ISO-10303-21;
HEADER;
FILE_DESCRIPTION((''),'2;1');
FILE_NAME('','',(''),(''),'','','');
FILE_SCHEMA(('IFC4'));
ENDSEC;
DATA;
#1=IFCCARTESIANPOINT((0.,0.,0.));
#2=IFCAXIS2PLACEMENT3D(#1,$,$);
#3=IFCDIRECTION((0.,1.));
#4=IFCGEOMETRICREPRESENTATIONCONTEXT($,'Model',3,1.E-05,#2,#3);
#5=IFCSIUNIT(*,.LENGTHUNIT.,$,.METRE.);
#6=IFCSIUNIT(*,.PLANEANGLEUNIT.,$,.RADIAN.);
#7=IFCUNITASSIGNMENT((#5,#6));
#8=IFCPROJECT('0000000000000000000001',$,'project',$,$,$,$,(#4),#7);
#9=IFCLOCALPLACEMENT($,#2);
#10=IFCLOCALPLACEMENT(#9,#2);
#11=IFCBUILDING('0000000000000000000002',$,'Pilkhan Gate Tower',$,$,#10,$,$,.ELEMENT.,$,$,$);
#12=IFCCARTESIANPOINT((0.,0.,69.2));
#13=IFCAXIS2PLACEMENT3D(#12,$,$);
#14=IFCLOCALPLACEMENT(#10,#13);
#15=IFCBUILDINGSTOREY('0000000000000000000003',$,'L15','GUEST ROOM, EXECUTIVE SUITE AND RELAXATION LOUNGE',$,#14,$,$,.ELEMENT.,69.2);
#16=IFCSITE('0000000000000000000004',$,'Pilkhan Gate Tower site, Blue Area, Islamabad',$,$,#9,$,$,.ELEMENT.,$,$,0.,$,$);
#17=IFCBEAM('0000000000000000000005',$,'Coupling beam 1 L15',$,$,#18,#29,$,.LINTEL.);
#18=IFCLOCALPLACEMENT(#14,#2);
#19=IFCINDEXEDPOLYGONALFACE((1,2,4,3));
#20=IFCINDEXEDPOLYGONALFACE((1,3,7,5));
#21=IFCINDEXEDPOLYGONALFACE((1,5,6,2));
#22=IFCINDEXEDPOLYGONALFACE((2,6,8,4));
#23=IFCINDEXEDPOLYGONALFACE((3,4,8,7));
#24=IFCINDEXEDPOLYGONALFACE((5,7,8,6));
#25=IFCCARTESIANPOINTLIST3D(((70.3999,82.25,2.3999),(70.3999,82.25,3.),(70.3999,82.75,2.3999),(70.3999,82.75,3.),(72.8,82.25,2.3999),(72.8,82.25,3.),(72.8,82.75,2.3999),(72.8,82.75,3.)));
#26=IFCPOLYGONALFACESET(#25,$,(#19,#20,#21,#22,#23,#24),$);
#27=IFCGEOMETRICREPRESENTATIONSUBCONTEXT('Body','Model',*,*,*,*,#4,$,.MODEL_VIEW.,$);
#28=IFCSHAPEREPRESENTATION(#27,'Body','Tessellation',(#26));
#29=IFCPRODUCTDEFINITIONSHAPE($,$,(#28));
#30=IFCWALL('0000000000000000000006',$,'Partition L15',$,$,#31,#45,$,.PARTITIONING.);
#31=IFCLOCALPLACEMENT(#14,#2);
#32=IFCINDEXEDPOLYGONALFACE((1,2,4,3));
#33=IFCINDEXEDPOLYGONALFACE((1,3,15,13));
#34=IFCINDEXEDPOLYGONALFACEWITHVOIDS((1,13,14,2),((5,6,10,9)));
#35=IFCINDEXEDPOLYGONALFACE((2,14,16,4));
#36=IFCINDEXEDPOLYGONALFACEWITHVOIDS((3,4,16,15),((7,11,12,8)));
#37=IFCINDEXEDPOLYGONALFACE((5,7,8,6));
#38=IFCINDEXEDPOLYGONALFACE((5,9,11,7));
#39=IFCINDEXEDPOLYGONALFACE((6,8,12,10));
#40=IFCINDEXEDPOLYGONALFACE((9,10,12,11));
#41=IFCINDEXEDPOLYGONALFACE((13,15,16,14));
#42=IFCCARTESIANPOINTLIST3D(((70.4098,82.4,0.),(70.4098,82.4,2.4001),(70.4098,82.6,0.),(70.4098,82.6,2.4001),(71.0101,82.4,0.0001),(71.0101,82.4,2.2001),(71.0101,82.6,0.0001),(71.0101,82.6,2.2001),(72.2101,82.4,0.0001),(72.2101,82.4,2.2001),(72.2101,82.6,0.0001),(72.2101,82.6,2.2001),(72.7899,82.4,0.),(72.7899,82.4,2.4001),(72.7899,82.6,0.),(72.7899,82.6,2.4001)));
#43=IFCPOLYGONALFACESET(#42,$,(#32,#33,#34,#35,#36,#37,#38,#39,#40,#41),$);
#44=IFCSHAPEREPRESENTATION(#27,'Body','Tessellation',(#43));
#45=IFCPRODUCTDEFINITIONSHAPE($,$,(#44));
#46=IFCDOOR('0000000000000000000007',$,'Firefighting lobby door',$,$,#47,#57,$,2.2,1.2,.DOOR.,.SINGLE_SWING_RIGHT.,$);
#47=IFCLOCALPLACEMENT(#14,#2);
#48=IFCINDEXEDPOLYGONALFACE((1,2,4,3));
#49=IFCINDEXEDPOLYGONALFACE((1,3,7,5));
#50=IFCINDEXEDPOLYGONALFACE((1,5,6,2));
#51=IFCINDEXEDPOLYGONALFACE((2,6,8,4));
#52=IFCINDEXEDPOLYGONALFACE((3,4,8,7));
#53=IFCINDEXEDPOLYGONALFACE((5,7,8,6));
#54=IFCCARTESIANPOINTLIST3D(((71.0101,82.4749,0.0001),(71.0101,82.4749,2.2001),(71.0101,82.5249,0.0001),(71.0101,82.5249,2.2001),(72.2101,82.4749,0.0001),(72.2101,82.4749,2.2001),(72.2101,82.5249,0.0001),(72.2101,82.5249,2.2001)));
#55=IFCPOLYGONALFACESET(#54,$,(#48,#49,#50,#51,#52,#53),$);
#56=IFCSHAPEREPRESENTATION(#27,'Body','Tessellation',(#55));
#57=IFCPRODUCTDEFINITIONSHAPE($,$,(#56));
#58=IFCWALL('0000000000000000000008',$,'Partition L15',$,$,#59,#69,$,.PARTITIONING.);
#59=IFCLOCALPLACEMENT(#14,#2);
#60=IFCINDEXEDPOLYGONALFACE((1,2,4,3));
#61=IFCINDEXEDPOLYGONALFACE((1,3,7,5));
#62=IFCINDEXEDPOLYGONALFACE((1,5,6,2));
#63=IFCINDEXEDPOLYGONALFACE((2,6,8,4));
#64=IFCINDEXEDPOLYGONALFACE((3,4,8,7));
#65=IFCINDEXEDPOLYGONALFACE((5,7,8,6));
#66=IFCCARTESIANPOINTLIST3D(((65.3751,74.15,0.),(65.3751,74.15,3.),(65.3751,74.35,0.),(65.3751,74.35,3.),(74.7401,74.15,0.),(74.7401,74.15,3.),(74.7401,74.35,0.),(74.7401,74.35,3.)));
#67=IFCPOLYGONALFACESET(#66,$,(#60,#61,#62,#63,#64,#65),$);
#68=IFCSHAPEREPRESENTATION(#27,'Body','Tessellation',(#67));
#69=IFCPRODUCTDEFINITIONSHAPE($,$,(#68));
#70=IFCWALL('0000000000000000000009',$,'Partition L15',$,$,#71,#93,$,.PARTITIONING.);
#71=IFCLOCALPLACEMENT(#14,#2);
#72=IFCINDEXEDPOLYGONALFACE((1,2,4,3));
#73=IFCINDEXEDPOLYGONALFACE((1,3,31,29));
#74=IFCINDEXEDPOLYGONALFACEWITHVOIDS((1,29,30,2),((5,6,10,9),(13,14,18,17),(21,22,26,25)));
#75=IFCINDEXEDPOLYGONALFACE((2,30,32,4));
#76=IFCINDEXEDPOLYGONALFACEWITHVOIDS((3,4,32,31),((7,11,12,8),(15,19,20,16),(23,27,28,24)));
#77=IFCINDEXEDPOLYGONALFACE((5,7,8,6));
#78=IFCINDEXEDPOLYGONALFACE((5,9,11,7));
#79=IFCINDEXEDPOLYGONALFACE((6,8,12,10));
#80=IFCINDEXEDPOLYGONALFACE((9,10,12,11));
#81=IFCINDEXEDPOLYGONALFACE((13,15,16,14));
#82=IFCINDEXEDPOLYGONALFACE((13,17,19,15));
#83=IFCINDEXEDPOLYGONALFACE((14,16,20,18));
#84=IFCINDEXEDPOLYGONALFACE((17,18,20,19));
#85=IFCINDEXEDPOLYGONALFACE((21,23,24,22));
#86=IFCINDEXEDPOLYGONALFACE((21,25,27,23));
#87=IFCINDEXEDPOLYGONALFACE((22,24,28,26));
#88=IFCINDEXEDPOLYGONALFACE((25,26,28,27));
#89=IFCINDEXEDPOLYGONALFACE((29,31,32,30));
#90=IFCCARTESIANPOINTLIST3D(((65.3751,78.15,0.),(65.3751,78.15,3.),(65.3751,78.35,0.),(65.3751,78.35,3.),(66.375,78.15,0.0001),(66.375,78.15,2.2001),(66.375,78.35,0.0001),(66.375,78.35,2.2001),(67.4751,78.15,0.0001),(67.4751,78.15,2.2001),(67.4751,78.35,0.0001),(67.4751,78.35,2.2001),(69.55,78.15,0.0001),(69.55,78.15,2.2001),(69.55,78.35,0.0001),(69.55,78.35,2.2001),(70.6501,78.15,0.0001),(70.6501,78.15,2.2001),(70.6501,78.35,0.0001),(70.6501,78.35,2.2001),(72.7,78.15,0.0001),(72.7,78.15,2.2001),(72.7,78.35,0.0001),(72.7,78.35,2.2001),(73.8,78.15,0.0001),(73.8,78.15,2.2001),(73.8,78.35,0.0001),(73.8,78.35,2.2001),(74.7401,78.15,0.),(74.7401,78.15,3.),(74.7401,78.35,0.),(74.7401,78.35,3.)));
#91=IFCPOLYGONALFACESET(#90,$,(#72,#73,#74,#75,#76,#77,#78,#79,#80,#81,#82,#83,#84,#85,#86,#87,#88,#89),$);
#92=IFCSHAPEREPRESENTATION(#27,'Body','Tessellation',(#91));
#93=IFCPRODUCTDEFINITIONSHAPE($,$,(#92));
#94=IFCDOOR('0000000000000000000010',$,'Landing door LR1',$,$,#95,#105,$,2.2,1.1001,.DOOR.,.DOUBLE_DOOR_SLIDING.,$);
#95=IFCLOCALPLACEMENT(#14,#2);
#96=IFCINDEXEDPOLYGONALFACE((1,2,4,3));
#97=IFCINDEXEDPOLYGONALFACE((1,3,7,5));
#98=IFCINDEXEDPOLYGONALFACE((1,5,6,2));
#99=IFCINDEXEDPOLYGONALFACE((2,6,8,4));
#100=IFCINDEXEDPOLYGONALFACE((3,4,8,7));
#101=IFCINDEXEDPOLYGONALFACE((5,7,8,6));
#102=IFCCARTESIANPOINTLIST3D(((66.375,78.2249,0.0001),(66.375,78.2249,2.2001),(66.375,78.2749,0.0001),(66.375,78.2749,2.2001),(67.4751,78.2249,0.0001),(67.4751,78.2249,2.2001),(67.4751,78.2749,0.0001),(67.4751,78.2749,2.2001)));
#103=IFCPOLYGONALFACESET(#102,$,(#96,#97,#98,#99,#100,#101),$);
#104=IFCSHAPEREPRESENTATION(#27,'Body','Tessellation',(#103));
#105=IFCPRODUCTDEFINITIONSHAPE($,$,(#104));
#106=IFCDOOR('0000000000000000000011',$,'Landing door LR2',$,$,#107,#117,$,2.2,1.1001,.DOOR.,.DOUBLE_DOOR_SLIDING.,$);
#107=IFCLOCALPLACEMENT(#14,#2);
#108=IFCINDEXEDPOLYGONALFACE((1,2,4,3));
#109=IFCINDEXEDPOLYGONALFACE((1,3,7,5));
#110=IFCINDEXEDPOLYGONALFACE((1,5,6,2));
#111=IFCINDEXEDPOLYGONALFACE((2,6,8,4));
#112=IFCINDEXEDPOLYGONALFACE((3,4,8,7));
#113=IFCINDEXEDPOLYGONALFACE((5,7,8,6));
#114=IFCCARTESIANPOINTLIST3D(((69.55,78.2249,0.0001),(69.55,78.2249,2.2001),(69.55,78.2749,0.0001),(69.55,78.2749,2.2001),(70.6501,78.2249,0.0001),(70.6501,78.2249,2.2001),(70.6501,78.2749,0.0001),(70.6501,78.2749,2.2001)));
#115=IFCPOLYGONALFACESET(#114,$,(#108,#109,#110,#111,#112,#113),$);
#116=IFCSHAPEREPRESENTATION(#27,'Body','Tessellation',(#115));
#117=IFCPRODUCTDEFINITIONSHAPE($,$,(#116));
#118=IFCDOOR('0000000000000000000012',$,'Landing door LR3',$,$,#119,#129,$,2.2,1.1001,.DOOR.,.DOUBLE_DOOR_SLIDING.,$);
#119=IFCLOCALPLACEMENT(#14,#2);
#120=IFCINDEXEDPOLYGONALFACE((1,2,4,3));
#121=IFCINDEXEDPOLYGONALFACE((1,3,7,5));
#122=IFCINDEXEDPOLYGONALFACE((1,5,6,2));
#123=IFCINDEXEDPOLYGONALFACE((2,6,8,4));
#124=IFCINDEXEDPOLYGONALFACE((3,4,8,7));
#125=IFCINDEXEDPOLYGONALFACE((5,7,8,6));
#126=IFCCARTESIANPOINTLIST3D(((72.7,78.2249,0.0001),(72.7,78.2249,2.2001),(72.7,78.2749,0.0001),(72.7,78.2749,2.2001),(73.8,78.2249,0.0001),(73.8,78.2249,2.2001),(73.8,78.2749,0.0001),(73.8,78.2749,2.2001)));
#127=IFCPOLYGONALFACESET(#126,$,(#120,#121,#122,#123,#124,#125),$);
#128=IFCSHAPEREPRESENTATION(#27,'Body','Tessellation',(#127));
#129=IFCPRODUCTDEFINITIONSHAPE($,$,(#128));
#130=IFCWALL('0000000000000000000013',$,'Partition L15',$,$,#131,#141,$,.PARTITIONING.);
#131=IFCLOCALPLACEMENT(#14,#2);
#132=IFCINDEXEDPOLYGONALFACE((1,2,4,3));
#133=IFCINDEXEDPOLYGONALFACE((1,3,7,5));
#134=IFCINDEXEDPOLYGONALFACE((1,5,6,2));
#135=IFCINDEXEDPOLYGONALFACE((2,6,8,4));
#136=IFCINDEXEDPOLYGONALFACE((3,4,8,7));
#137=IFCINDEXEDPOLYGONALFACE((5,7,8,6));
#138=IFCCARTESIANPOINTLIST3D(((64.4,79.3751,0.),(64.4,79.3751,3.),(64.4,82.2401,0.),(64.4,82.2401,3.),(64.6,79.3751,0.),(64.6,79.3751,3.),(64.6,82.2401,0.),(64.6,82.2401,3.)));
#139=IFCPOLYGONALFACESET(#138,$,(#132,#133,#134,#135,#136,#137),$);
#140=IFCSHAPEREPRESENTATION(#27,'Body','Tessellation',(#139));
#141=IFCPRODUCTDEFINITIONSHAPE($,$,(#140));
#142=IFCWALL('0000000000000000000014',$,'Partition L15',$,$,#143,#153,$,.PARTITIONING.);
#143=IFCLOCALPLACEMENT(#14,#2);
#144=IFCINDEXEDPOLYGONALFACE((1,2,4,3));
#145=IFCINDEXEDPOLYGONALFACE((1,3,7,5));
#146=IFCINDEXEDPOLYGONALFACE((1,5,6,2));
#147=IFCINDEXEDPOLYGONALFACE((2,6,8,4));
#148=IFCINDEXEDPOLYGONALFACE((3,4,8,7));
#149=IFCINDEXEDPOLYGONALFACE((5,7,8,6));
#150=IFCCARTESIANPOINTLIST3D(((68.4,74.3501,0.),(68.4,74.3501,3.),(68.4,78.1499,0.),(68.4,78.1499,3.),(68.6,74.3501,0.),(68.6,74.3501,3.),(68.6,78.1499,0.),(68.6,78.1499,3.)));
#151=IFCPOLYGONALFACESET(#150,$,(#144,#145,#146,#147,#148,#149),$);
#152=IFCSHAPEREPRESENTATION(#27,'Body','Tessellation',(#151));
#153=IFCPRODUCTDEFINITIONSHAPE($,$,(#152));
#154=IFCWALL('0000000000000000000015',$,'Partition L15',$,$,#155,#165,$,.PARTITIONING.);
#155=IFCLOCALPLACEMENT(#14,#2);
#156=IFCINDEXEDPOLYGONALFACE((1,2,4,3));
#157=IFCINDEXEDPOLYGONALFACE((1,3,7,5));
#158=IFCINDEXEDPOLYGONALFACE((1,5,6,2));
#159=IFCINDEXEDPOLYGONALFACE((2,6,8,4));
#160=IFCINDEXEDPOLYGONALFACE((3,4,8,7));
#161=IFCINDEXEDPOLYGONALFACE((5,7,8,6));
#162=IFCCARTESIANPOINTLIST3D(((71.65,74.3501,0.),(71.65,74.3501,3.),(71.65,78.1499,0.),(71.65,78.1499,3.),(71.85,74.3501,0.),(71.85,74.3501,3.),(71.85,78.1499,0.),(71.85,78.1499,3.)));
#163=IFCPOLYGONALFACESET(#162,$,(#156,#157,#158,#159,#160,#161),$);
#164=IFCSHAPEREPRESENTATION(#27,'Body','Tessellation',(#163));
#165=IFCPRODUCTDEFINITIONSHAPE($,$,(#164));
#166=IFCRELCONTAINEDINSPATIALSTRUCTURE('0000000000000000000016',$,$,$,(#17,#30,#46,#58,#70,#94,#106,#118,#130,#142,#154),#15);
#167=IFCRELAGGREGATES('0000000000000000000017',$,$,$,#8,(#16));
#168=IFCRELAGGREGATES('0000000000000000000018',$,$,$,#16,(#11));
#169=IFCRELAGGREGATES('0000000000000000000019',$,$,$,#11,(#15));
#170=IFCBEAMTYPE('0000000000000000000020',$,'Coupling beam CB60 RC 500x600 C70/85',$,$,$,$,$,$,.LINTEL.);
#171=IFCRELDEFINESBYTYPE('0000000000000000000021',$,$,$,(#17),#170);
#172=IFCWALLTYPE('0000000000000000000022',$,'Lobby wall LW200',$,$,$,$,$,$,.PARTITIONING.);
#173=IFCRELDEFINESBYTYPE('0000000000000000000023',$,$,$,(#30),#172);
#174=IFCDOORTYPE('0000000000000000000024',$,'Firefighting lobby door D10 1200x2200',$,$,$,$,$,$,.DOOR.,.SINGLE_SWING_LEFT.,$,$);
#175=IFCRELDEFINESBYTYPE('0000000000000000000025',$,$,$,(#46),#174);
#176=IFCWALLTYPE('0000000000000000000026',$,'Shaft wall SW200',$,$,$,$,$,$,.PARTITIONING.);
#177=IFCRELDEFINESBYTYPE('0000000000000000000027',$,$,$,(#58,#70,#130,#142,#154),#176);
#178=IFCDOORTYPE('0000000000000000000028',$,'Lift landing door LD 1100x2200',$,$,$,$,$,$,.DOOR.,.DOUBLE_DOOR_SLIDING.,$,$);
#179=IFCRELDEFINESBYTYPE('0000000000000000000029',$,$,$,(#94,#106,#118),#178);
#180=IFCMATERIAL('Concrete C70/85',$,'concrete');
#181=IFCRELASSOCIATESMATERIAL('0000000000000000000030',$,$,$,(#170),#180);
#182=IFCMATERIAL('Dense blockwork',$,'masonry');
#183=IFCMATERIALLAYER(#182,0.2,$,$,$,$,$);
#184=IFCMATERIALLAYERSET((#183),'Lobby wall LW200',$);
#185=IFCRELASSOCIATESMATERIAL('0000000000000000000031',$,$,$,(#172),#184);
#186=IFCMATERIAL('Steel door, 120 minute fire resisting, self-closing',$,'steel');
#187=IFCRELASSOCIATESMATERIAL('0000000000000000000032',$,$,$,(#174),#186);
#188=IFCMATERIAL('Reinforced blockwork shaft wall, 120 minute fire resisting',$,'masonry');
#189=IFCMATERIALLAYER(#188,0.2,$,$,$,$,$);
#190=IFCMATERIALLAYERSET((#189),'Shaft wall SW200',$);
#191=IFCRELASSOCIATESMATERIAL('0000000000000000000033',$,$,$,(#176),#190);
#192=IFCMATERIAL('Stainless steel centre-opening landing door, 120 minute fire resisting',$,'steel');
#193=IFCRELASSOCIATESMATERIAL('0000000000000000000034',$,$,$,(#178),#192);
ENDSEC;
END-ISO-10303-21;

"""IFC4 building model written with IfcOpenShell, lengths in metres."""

from ifc_helpers import new_model, si_unit, direction, frame, frame_2d, origin, origin_2d, place, context, subcontext, project, spatial, rectangle, extrude, material, layer, layer_set, material_profile, profile_set, type_object, element, fill, save


model = new_model("IFC4")

# Units and contexts
model_context = context("Model", 3, precision=1e-05, world=origin(), true_north=direction((0.0, 1.0)))
body_context = subcontext(model_context, "Body", "Model", "MODEL_VIEW")
ifc_project = project(units=[si_unit("LENGTHUNIT", "METRE"), si_unit("PLANEANGLEUNIT", "RADIAN")], contexts=[model_context])

# Site, building, storey
site_placement = place(None, origin())
site = spatial("IfcSite", under=ifc_project, at=site_placement, Name="Pilkhan Gate Tower site, Blue Area, Islamabad", CompositionType="ELEMENT", RefElevation=0.0)
building_placement = place(site_placement, origin())
building = spatial("IfcBuilding", under=site, at=building_placement, Name="Pilkhan Gate Tower", CompositionType="ELEMENT")
storey_placement = place(building_placement, frame((0.0, 0.0, 69.2)))
storey = spatial("IfcBuildingStorey", under=building, at=storey_placement, Name="L15", Description="GUEST ROOM, EXECUTIVE SUITE AND RELAXATION LOUNGE", CompositionType="ELEMENT", Elevation=69.2)

# Beam
ifc_material_1 = material(Name="Concrete C70/85", Category="concrete")
ifc_material_profile = material_profile(ifc_material_1, rectangle(XDim=0.5, YDim=0.6001, at=origin_2d()), Name="RC 500x600")
ifc_profile_set = profile_set([ifc_material_profile], Name="Concrete C70/85")
beam_type = type_object("IfcBeamType", Name="Coupling beam CB60 RC 500x600 C70/85", PredefinedType="LINTEL", material=ifc_profile_set)
beam_placement = place(storey_placement, frame((70.3999, 82.5, 2.7), z_axis=(1.0, 0.0, 0.0), x_axis=(0.0, 1.0, 0.0)))
element("IfcBeam", 1, at=beam_placement, inside=storey, type_object=beam_type, Name="Coupling beam 1 L15", PredefinedType="LINTEL", context=body_context, shape_type="SweptSolid", body=[
    extrude(rectangle(XDim=0.5, YDim=0.6001, at=origin_2d()), origin(), (0.0, 0.0, 1.0), 2.4001),
])

# Wall, opening, door
ifc_material_2 = material(Name="Dense blockwork", Category="masonry")
ifc_layer_1 = layer(ifc_material_2, 0.2)
ifc_layer_set_1 = layer_set([ifc_layer_1], Name="Lobby wall LW200")
wall_type_1 = type_object("IfcWallType", Name="Lobby wall LW200", PredefinedType="PARTITIONING", material=ifc_layer_set_1)
wall_1_placement = place(storey_placement, frame((70.4099, 82.5, 0.0), z_axis=(0.0, 0.0, 1.0), x_axis=(1.0, 0.0, 0.0)))
wall_1 = element("IfcWall", 2, at=wall_1_placement, inside=storey, type_object=wall_type_1, Name="Partition L15", PredefinedType="PARTITIONING", context=body_context, shape_type="SweptSolid", body=[
    extrude(rectangle(XDim=2.3801, YDim=0.2, at=frame_2d((1.1899, 0.0))), origin(), (0.0, 0.0, 1.0), 2.4001),
])
opening_1_placement = place(wall_1_placement, frame((0.6001, 0.0, 0.0)))
opening_1 = element("IfcOpeningElement", 3, at=opening_1_placement, cuts=wall_1, PredefinedType="OPENING", context=body_context, shape_type="SweptSolid", body=[
    extrude(rectangle(XDim=1.2, YDim=2.2, at=frame_2d((0.6001, 1.1001))), frame((0.0, 0.1099, 0.0), z_axis=(0.0, -1.0, 0.0), x_axis=(1.0, 0.0, 0.0)), (0.0, 0.0, 1.0), 0.22),
])
ifc_material_3 = material(Name="Steel door, 120 minute fire resisting, self-closing", Category="steel")
door_type_1 = type_object("IfcDoorType", Name="Firefighting lobby door D10 1200x2200", OperationType="SINGLE_SWING_LEFT", PredefinedType="DOOR", material=ifc_material_3)
door_1_placement = place(opening_1_placement, origin())
door_1 = element("IfcDoor", 4, at=door_1_placement, inside=storey, type_object=door_type_1, Name="Firefighting lobby door", OperationType="SINGLE_SWING_RIGHT", OverallHeight=2.2, OverallWidth=1.2, PredefinedType="DOOR", context=body_context, shape_type="SweptSolid", body=[
    extrude(rectangle(XDim=1.2, YDim=2.2, at=frame_2d((0.6001, 1.1001))), frame((0.0, 0.0249, 0.0), z_axis=(0.0, -1.0, 0.0), x_axis=(1.0, 0.0, 0.0)), (0.0, 0.0, 1.0), 0.05),
])
fill(opening_1, door_1)

# Wall
ifc_material_4 = material(Name="Reinforced blockwork shaft wall, 120 minute fire resisting", Category="masonry")
ifc_layer_2 = layer(ifc_material_4, 0.2)
ifc_layer_set_2 = layer_set([ifc_layer_2], Name="Shaft wall SW200")
wall_type_2 = type_object("IfcWallType", Name="Shaft wall SW200", PredefinedType="PARTITIONING", material=ifc_layer_set_2)
wall_2_placement = place(storey_placement, frame((65.375, 74.25, 0.0), z_axis=(0.0, 0.0, 1.0), x_axis=(1.0, 0.0, 0.0)))
element("IfcWall", 5, at=wall_2_placement, inside=storey, type_object=wall_type_2, Name="Partition L15", PredefinedType="PARTITIONING", context=body_context, shape_type="SweptSolid", body=[
    extrude(rectangle(XDim=9.365, YDim=0.2, at=frame_2d((4.6826, 0.0))), origin(), (0.0, 0.0, 1.0), 3.0),
])

# Wall, openings, doors
wall_3_placement = place(storey_placement, frame((65.375, 78.25, 0.0), z_axis=(0.0, 0.0, 1.0), x_axis=(1.0, 0.0, 0.0)))
wall_3 = element("IfcWall", 6, at=wall_3_placement, inside=storey, type_object=wall_type_2, Name="Partition L15", PredefinedType="PARTITIONING", context=body_context, shape_type="SweptSolid", body=[
    extrude(rectangle(XDim=9.365, YDim=0.2, at=frame_2d((4.6826, 0.0))), origin(), (0.0, 0.0, 1.0), 3.0),
])
opening_2_placement = place(wall_3_placement, frame((1.0, 0.0, 0.0)))
opening_2 = element("IfcOpeningElement", 7, at=opening_2_placement, cuts=wall_3, PredefinedType="OPENING", context=body_context, shape_type="SweptSolid", body=[
    extrude(rectangle(XDim=1.1001, YDim=2.2, at=frame_2d((0.55, 1.1001))), frame((0.0, 0.1099, 0.0), z_axis=(0.0, -1.0, 0.0), x_axis=(1.0, 0.0, 0.0)), (0.0, 0.0, 1.0), 0.22),
])
opening_3_placement = place(wall_3_placement, frame((4.175, 0.0, 0.0)))
opening_3 = element("IfcOpeningElement", 8, at=opening_3_placement, cuts=wall_3, PredefinedType="OPENING", context=body_context, shape_type="SweptSolid", body=[
    extrude(rectangle(XDim=1.1001, YDim=2.2, at=frame_2d((0.55, 1.1001))), frame((0.0, 0.1099, 0.0), z_axis=(0.0, -1.0, 0.0), x_axis=(1.0, 0.0, 0.0)), (0.0, 0.0, 1.0), 0.22),
])
opening_4_placement = place(wall_3_placement, frame((7.325, 0.0, 0.0)))
opening_4 = element("IfcOpeningElement", 9, at=opening_4_placement, cuts=wall_3, PredefinedType="OPENING", context=body_context, shape_type="SweptSolid", body=[
    extrude(rectangle(XDim=1.1001, YDim=2.2, at=frame_2d((0.55, 1.1001))), frame((0.0, 0.1099, 0.0), z_axis=(0.0, -1.0, 0.0), x_axis=(1.0, 0.0, 0.0)), (0.0, 0.0, 1.0), 0.22),
])
ifc_material_5 = material(Name="Stainless steel centre-opening landing door, 120 minute fire resisting", Category="steel")
door_type_2 = type_object("IfcDoorType", Name="Lift landing door LD 1100x2200", OperationType="DOUBLE_DOOR_SLIDING", PredefinedType="DOOR", material=ifc_material_5)
door_2_placement = place(opening_2_placement, origin())
door_2 = element("IfcDoor", 10, at=door_2_placement, inside=storey, type_object=door_type_2, Name="Landing door LR1", OperationType="DOUBLE_DOOR_SLIDING", OverallHeight=2.2, OverallWidth=1.1001, PredefinedType="DOOR", context=body_context, shape_type="SweptSolid", body=[
    extrude(rectangle(XDim=1.1001, YDim=2.2, at=frame_2d((0.55, 1.1001))), frame((0.0, 0.0249, 0.0), z_axis=(0.0, -1.0, 0.0), x_axis=(1.0, 0.0, 0.0)), (0.0, 0.0, 1.0), 0.05),
])
fill(opening_2, door_2)
door_3_placement = place(opening_3_placement, origin())
door_3 = element("IfcDoor", 11, at=door_3_placement, inside=storey, type_object=door_type_2, Name="Landing door LR2", OperationType="DOUBLE_DOOR_SLIDING", OverallHeight=2.2, OverallWidth=1.1001, PredefinedType="DOOR", context=body_context, shape_type="SweptSolid", body=[
    extrude(rectangle(XDim=1.1001, YDim=2.2, at=frame_2d((0.55, 1.1001))), frame((0.0, 0.0249, 0.0), z_axis=(0.0, -1.0, 0.0), x_axis=(1.0, 0.0, 0.0)), (0.0, 0.0, 1.0), 0.05),
])
fill(opening_3, door_3)
door_4_placement = place(opening_4_placement, origin())
door_4 = element("IfcDoor", 12, at=door_4_placement, inside=storey, type_object=door_type_2, Name="Landing door LR3", OperationType="DOUBLE_DOOR_SLIDING", OverallHeight=2.2, OverallWidth=1.1001, PredefinedType="DOOR", context=body_context, shape_type="SweptSolid", body=[
    extrude(rectangle(XDim=1.1001, YDim=2.2, at=frame_2d((0.55, 1.1001))), frame((0.0, 0.0249, 0.0), z_axis=(0.0, -1.0, 0.0), x_axis=(1.0, 0.0, 0.0)), (0.0, 0.0, 1.0), 0.05),
])
fill(opening_4, door_4)

# Walls
wall_4_placement = place(storey_placement, frame((64.5, 79.375, 0.0), z_axis=(0.0, 0.0, 1.0), x_axis=(0.0, 1.0, 0.0)))
element("IfcWall", 13, at=wall_4_placement, inside=storey, type_object=wall_type_2, Name="Partition L15", PredefinedType="PARTITIONING", context=body_context, shape_type="SweptSolid", body=[
    extrude(rectangle(XDim=2.865, YDim=0.2, at=frame_2d((1.4326, 0.0))), origin(), (0.0, 0.0, 1.0), 3.0),
])
for number, where, z_axis, x_axis, name in (
    (14, (68.5, 74.3501, 0.0), (0.0, 0.0, 1.0), (0.0, 1.0, 0.0), "Partition L15"),
    (15, (71.75, 74.3501, 0.0), (0.0, 0.0, 1.0), (0.0, 1.0, 0.0), "Partition L15"),
):
    element("IfcWall", number, at=place(storey_placement, frame(where, z_axis=z_axis, x_axis=x_axis)), inside=storey, type_object=wall_type_2, Name=name, PredefinedType="PARTITIONING", context=body_context, shape_type="SweptSolid", body=[
        extrude(rectangle(XDim=3.7998, YDim=0.2, at=frame_2d((1.8999, 0.0))), origin(), (0.0, 0.0, 1.0), 3.0),
    ])

save(model, "model.ifc")
